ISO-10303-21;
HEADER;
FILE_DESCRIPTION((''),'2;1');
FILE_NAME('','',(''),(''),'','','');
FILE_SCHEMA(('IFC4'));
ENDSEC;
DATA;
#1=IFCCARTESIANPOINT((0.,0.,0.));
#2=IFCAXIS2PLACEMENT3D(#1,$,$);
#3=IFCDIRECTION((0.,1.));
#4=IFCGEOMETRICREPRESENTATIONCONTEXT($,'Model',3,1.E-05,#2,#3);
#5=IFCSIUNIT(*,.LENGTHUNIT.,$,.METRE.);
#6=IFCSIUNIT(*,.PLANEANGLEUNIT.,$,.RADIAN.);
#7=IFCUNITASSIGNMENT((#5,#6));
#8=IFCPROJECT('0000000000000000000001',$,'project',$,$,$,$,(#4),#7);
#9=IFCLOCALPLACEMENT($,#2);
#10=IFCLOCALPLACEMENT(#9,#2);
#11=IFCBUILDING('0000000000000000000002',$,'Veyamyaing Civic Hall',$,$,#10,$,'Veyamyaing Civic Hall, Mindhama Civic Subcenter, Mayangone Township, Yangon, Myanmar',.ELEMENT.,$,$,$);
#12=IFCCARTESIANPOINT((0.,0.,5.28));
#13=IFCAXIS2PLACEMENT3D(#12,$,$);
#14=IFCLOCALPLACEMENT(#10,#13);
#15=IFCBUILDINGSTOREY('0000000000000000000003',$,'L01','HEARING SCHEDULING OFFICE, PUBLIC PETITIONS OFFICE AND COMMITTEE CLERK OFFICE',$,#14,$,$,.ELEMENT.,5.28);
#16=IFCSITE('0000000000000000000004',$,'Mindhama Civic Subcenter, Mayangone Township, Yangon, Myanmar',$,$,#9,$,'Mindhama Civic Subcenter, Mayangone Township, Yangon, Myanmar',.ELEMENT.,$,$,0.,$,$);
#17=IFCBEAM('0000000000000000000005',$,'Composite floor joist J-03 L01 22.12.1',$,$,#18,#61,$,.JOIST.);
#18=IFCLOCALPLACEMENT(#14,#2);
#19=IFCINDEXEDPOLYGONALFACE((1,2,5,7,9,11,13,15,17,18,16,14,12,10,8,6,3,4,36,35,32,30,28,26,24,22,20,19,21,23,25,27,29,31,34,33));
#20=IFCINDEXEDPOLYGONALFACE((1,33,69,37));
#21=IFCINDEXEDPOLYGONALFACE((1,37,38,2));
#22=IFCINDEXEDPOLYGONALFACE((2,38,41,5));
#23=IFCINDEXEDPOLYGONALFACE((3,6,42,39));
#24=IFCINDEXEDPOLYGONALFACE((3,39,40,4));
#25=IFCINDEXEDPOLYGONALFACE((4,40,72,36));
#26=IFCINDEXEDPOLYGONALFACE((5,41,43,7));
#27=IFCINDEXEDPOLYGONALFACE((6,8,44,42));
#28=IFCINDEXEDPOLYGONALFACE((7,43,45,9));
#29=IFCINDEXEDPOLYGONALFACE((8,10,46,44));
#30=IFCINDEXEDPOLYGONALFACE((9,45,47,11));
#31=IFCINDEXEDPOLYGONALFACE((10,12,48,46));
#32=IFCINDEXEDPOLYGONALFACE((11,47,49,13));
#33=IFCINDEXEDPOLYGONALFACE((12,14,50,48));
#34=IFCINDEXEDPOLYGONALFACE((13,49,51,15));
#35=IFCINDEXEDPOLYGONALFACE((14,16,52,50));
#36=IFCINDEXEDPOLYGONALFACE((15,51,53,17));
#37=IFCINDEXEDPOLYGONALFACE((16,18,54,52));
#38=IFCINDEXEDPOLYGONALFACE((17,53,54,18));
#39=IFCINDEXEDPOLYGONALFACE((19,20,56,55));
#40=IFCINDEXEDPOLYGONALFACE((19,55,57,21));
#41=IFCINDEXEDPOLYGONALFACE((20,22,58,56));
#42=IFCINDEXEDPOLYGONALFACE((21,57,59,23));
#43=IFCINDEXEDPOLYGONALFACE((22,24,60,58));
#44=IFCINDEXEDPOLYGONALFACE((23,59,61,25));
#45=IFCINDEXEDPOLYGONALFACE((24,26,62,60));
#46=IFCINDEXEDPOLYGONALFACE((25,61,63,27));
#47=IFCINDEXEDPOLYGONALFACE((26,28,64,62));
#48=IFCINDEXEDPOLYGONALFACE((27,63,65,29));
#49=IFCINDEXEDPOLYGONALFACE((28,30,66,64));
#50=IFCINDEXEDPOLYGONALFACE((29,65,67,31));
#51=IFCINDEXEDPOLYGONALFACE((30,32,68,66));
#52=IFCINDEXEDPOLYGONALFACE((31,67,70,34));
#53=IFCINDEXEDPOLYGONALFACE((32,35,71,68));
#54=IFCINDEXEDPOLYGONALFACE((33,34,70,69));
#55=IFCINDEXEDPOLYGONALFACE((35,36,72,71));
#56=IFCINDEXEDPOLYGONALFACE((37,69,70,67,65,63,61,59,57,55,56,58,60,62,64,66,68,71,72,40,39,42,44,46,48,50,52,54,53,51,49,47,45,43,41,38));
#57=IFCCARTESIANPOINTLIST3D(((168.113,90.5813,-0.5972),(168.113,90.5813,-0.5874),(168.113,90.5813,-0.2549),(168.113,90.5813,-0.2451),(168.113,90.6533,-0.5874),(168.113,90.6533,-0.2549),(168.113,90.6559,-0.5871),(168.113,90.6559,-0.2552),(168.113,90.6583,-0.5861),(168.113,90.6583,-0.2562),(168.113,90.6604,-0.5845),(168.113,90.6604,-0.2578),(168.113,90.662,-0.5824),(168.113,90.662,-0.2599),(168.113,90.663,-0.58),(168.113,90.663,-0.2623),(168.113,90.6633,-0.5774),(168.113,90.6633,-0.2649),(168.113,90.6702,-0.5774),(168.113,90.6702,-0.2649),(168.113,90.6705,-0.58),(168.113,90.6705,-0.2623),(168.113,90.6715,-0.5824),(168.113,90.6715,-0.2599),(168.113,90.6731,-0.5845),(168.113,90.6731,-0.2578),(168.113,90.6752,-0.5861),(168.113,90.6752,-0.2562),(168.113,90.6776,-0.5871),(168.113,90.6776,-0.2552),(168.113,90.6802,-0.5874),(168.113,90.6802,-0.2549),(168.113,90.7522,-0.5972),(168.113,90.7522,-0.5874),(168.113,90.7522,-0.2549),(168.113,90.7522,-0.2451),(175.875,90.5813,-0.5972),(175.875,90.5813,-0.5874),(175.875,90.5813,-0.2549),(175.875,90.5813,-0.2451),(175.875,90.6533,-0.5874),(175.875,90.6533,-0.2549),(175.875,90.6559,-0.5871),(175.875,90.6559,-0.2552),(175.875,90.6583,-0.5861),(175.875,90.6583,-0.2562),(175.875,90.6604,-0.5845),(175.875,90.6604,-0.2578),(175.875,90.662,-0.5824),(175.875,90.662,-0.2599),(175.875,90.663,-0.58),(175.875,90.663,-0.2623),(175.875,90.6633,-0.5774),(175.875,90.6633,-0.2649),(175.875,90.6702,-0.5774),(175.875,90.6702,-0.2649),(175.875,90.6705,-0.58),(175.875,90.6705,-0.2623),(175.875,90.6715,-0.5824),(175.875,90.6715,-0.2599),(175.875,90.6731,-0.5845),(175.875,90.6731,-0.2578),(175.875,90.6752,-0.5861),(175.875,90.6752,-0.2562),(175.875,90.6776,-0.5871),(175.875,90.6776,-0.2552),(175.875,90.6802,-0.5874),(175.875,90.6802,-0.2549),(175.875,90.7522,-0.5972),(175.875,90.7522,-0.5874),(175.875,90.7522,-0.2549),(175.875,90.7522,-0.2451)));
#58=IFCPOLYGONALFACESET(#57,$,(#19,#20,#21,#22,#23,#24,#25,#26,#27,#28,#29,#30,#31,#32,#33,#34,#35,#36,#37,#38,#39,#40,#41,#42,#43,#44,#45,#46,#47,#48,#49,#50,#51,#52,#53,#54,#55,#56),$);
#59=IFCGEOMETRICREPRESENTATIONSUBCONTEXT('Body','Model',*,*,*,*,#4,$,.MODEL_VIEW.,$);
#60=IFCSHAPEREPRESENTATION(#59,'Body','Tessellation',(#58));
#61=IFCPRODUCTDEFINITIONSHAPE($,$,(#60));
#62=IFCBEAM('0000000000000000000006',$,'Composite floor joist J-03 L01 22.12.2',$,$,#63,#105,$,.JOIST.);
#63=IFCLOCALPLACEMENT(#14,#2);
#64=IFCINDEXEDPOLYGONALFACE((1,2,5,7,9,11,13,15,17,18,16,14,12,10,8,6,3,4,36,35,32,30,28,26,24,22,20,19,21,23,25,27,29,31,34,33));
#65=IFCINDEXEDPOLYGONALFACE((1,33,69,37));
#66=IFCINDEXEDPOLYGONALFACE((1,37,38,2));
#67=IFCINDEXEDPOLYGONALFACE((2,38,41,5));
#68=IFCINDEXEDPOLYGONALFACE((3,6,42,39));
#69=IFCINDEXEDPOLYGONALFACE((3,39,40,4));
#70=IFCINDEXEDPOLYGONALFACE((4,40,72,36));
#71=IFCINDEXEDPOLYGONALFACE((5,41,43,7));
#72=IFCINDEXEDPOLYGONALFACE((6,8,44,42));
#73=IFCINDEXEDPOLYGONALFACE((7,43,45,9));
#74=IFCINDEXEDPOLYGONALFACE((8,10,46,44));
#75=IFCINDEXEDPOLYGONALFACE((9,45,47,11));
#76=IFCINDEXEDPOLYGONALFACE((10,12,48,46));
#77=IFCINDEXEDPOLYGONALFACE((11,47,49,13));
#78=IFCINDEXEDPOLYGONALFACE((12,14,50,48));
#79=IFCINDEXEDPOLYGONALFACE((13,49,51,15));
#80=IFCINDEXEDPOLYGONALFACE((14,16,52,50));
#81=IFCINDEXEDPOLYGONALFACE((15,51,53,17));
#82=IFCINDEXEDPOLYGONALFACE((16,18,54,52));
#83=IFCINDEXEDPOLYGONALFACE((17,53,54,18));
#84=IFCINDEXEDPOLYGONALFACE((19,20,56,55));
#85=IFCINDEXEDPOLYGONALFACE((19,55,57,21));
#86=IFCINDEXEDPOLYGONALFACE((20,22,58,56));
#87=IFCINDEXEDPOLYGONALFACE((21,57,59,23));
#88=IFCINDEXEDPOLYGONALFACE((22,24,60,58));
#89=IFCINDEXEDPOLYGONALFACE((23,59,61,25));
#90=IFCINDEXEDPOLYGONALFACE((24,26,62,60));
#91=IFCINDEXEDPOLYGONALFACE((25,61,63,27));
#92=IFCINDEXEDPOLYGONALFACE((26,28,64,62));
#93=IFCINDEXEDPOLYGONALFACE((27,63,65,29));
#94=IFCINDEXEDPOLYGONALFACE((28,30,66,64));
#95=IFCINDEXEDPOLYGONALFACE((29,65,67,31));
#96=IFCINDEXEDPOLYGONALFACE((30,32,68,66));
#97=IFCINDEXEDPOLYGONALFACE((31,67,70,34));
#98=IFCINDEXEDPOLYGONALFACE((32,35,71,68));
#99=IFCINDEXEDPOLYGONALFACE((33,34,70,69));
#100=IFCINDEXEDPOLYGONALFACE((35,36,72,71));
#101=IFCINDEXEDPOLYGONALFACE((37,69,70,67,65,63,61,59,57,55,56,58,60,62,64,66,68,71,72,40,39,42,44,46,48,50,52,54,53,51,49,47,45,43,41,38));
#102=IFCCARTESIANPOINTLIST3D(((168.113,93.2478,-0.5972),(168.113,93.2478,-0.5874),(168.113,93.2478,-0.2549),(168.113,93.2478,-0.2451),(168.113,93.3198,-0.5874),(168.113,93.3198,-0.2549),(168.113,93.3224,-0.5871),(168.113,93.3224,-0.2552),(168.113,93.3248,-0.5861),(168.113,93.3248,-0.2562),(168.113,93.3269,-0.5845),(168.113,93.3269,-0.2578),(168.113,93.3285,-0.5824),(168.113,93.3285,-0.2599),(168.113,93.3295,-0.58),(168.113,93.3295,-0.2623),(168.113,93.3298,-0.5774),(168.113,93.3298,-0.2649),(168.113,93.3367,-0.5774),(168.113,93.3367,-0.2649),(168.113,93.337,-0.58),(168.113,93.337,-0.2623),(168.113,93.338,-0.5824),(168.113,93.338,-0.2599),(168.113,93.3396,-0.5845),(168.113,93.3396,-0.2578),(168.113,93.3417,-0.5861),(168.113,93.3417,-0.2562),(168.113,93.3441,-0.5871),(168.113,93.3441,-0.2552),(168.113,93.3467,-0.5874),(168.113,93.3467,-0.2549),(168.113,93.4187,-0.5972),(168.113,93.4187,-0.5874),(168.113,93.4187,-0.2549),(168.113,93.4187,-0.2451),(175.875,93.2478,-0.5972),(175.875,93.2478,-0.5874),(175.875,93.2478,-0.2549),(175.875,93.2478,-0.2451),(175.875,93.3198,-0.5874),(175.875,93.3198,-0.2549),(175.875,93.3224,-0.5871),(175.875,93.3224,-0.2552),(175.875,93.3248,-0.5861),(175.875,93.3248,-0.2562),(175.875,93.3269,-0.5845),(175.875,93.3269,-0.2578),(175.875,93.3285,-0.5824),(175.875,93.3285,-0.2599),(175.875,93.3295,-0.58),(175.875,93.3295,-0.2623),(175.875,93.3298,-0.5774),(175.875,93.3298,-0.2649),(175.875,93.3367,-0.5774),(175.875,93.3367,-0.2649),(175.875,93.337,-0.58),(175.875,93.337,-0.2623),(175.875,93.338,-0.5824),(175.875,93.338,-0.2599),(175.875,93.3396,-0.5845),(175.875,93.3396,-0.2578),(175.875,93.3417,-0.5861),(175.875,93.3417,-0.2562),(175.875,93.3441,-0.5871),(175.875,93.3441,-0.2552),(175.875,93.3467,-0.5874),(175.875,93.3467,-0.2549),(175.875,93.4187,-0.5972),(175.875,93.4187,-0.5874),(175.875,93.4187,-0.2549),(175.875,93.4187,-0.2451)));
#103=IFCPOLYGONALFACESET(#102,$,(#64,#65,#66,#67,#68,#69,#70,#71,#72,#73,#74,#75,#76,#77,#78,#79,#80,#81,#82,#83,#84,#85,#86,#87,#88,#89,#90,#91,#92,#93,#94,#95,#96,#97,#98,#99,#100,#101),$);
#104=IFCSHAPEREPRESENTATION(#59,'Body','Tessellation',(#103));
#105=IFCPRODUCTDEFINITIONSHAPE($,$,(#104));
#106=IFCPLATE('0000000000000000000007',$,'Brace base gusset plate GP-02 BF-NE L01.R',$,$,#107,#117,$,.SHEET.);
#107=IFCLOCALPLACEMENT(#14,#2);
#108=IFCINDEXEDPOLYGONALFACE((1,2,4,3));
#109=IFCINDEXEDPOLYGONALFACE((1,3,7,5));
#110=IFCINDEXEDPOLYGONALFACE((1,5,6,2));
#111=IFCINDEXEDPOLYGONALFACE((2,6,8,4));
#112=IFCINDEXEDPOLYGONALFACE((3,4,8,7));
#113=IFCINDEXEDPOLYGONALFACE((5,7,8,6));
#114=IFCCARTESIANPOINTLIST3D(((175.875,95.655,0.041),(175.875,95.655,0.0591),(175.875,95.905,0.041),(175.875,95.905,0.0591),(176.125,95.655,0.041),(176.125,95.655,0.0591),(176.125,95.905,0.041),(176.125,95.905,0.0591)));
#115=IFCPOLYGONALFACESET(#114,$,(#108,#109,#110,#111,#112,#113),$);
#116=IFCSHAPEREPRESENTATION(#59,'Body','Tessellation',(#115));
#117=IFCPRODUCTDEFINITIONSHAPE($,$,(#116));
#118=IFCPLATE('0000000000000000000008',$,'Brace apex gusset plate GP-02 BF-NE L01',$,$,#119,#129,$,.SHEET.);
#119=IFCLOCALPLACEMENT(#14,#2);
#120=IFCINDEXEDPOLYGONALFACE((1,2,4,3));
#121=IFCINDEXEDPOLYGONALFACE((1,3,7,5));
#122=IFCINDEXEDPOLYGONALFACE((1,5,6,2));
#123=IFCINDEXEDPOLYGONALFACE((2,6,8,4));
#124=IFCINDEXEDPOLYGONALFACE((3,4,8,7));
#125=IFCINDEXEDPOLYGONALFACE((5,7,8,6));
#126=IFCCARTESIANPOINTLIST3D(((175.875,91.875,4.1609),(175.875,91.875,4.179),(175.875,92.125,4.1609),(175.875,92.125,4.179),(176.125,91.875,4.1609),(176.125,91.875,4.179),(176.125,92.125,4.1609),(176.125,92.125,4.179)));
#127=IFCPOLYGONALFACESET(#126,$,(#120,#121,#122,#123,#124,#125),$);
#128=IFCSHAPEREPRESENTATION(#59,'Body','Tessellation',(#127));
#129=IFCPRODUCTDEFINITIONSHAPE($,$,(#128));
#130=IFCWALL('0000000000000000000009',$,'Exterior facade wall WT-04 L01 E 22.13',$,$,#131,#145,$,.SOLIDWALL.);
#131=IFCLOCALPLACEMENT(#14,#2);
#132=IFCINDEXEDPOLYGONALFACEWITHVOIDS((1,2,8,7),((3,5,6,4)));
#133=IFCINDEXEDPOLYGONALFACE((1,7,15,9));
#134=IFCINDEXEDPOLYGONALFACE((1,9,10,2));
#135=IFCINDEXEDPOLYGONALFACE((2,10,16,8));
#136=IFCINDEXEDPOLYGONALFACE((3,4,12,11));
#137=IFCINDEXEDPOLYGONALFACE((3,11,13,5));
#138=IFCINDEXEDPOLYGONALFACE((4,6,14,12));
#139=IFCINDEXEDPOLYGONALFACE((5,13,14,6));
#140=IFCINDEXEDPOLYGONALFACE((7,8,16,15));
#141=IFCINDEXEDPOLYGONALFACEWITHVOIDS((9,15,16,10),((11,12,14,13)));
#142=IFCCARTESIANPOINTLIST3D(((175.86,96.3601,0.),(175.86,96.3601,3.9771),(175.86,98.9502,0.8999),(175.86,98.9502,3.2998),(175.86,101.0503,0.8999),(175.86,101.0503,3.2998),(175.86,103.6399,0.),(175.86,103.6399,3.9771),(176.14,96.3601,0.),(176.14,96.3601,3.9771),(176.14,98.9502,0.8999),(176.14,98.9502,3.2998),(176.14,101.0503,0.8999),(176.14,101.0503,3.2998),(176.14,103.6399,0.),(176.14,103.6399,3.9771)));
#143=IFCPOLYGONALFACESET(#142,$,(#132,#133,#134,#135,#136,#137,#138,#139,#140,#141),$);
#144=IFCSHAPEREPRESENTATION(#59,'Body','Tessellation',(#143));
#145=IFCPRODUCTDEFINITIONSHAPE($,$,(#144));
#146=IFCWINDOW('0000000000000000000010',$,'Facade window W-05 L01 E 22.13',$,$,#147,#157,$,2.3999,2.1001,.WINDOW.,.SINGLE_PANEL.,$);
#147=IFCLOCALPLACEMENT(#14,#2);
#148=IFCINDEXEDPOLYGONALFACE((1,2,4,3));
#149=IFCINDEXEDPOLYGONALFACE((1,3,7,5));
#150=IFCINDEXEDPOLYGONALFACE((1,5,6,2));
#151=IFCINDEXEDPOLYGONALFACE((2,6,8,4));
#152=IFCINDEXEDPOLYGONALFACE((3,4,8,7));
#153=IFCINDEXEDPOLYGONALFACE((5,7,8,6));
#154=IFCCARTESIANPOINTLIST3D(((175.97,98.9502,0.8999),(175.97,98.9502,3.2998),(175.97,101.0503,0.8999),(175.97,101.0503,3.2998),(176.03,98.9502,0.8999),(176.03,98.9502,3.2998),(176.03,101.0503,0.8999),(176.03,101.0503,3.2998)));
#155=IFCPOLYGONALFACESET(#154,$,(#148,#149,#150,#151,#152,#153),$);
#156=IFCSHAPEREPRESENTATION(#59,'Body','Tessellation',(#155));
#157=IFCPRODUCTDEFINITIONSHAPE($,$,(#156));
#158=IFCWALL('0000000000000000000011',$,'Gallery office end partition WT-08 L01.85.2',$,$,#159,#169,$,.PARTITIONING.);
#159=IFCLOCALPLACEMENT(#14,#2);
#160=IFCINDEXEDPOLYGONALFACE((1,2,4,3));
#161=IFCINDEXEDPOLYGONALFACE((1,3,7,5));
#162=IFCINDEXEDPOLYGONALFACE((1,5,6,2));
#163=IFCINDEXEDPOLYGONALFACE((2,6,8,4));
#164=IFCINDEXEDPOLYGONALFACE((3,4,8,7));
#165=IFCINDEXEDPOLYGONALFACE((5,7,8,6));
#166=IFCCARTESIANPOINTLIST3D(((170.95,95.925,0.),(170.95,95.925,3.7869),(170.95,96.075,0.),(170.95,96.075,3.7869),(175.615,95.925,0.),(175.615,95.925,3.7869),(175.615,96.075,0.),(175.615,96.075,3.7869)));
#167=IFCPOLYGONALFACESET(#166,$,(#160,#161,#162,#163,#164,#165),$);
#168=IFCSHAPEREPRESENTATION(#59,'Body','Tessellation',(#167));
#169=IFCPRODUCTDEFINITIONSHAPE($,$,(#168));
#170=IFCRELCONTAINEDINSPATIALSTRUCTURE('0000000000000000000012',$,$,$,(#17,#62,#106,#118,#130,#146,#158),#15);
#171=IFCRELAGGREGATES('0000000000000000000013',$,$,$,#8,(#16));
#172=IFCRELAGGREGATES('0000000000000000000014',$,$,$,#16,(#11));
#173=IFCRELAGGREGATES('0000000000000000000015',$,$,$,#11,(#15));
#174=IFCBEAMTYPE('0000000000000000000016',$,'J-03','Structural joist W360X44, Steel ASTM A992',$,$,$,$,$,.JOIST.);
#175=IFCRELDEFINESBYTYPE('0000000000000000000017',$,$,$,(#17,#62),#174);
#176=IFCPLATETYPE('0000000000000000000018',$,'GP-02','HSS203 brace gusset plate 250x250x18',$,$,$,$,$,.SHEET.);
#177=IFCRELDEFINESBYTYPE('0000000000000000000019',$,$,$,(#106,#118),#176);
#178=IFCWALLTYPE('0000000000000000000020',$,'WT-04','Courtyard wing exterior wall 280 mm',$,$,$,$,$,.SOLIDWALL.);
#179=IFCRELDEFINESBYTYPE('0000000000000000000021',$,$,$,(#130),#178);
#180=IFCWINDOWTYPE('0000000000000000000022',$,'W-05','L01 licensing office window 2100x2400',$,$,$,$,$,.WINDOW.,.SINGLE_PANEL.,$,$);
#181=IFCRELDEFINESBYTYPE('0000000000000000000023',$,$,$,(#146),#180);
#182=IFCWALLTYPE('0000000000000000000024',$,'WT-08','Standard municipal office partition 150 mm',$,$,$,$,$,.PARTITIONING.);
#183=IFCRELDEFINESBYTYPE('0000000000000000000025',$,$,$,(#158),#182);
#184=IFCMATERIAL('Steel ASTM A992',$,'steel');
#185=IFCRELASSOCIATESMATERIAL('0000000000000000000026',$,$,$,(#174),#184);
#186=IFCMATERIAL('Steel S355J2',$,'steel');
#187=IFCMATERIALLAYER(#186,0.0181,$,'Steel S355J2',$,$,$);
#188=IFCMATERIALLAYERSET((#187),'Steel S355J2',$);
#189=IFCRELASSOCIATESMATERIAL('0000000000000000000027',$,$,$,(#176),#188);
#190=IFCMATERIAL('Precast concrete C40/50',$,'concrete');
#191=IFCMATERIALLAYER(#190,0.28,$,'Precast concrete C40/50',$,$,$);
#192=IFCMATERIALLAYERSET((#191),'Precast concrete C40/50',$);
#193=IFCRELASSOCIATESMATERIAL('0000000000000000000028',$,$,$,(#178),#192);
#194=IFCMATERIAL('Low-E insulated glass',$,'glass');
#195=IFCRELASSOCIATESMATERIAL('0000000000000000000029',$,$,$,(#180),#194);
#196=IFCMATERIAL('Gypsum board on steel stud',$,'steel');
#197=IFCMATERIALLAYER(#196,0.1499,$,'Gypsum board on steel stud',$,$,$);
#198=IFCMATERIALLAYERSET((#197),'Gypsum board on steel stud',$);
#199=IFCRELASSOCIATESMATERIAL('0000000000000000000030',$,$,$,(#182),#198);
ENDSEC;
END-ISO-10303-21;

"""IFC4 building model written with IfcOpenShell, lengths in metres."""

from ifc_helpers import new_model, si_unit, direction, frame, frame_2d, origin, origin_2d, place, context, subcontext, project, spatial, rectangle, i_section, extrude, material, layer, layer_set, material_profile, profile_set, type_object, element, fill, save


model = new_model("IFC4")

# Units and contexts
model_context = context("Model", 3, precision=1e-05, world=origin(), true_north=direction((0.0, 1.0)))
body_context = subcontext(model_context, "Body", "Model", "MODEL_VIEW")
ifc_project = project(units=[si_unit("LENGTHUNIT", "METRE"), si_unit("PLANEANGLEUNIT", "RADIAN")], contexts=[model_context])

# Site, building, storey
site_placement = place(None, origin())
site = spatial("IfcSite", under=ifc_project, at=site_placement, Name="Mindhama Civic Subcenter, Mayangone Township, Yangon, Myanmar", LongName="Mindhama Civic Subcenter, Mayangone Township, Yangon, Myanmar", CompositionType="ELEMENT", RefElevation=0.0)
building_placement = place(site_placement, origin())
building = spatial("IfcBuilding", under=site, at=building_placement, Name="Veyamyaing Civic Hall", LongName="Veyamyaing Civic Hall, Mindhama Civic Subcenter, Mayangone Township, Yangon, Myanmar", CompositionType="ELEMENT")
storey_placement = place(building_placement, frame((0.0, 0.0, 5.28)))
storey = spatial("IfcBuildingStorey", under=building, at=storey_placement, Name="L01", Description="HEARING SCHEDULING OFFICE, PUBLIC PETITIONS OFFICE AND COMMITTEE CLERK OFFICE", CompositionType="ELEMENT", Elevation=5.28)

# Shared definitions
ifc_material_1 = material(Name="Steel ASTM A992", Category="steel")

# Shared definitions
ifc_material_2 = material(Name="Steel S355J2", Category="steel")

# Beams
ifc_material_profile_1 = material_profile(ifc_material_1, i_section(OverallWidth=0.1709, OverallDepth=0.3521, WebThickness=0.0068, FlangeThickness=0.0098, FilletRadius=0.01, at=origin_2d()), Name="W360X44")
ifc_profile_set_1 = profile_set([ifc_material_profile_1], Name="Steel ASTM A992")
beam_type_1 = type_object("IfcBeamType", Name="J-03", Description="Structural joist W360X44, Steel ASTM A992", PredefinedType="JOIST", material=ifc_profile_set_1)
for number, where, z_axis, x_axis, name in (
    (1, (168.113, 90.6667, -0.4211), (1.0, 0.0, 0.0), (0.0, 1.0, 0.0), "Composite floor joist J-03 L01 22.12.1"),
    (2, (168.113, 93.3333, -0.4211), (1.0, 0.0, 0.0), (0.0, 1.0, 0.0), "Composite floor joist J-03 L01 22.12.2"),
):
    element("IfcBeam", number, at=place(storey_placement, frame(where, z_axis=z_axis, x_axis=x_axis)), inside=storey, type_object=beam_type_1, Name=name, PredefinedType="JOIST", context=body_context, shape_type="SweptSolid", body=[
        extrude(i_section(OverallWidth=0.1709, OverallDepth=0.3521, WebThickness=0.0068, FlangeThickness=0.0098, FilletRadius=0.01, at=origin_2d()), origin(), (0.0, 0.0, 1.0), 7.762),
    ])

# Plates
ifc_layer_1 = layer(ifc_material_2, 0.0181, Name="Steel S355J2")
ifc_layer_set_1 = layer_set([ifc_layer_1], Name="Steel S355J2")
plate_type = type_object("IfcPlateType", Name="GP-02", Description="HSS203 brace gusset plate 250x250x18", PredefinedType="SHEET", material=ifc_layer_set_1)
for number, where, z_axis, x_axis, name in (
    (3, (176.0, 95.78, 0.041), (0.0, 0.0, 1.0), (1.0, 0.0, 0.0), "Brace base gusset plate GP-02 BF-NE L01.R"),
    (4, (176.0, 92.0, 4.1609), (0.0, 0.0, 1.0), (1.0, 0.0, 0.0), "Brace apex gusset plate GP-02 BF-NE L01"),
):
    element("IfcPlate", number, at=place(storey_placement, frame(where, z_axis=z_axis, x_axis=x_axis)), inside=storey, type_object=plate_type, Name=name, PredefinedType="SHEET", context=body_context, shape_type="SweptSolid", body=[
        extrude(rectangle(XDim=0.25, YDim=0.25, at=origin_2d()), origin(), (0.0, 0.0, 1.0), 0.0181),
    ])

# Wall, opening, window
ifc_material_3 = material(Name="Precast concrete C40/50", Category="concrete")
ifc_layer_2 = layer(ifc_material_3, 0.28, Name="Precast concrete C40/50")
ifc_layer_set_2 = layer_set([ifc_layer_2], Name="Precast concrete C40/50")
wall_type_1 = type_object("IfcWallType", Name="WT-04", Description="Courtyard wing exterior wall 280 mm", PredefinedType="SOLIDWALL", material=ifc_layer_set_2)
wall_1_placement = place(storey_placement, frame((176.0, 96.3601, 0.0), z_axis=(0.0, 0.0, 1.0), x_axis=(0.0, 1.0, 0.0)))
wall_1 = element("IfcWall", 5, at=wall_1_placement, inside=storey, type_object=wall_type_1, Name="Exterior facade wall WT-04 L01 E 22.13", PredefinedType="SOLIDWALL", context=body_context, shape_type="SweptSolid", body=[
    extrude(rectangle(XDim=7.2798, YDim=0.28, at=frame_2d((3.6399, 0.0))), origin(), (0.0, 0.0, 1.0), 3.9771),
])
opening_1_placement = place(wall_1_placement, frame((2.5901, 0.0, 0.8999)))
opening_1 = element("IfcOpeningElement", 6, at=opening_1_placement, cuts=wall_1, PredefinedType="OPENING", context=body_context, shape_type="SweptSolid", body=[
    extrude(rectangle(XDim=2.1001, YDim=2.3999, at=frame_2d((1.05, 1.2))), frame((0.0, 0.1499, 0.0), z_axis=(0.0, -1.0, 0.0), x_axis=(1.0, 0.0, 0.0)), (0.0, 0.0, 1.0), 0.3),
])
ifc_material_4 = material(Name="Low-E insulated glass", Category="glass")
window_type = type_object("IfcWindowType", Name="W-05", Description="L01 licensing office window 2100x2400", PartitioningType="SINGLE_PANEL", PredefinedType="WINDOW", material=ifc_material_4)
window_placement = place(opening_1_placement, origin())
window = element("IfcWindow", 7, at=window_placement, inside=storey, type_object=window_type, Name="Facade window W-05 L01 E 22.13", OverallHeight=2.3999, OverallWidth=2.1001, PartitioningType="SINGLE_PANEL", PredefinedType="WINDOW", context=body_context, shape_type="SweptSolid", body=[
    extrude(rectangle(XDim=2.1001, YDim=2.3999, at=frame_2d((1.05, 1.2))), frame((0.0, 0.03, 0.0), z_axis=(0.0, -1.0, 0.0), x_axis=(1.0, 0.0, 0.0)), (0.0, 0.0, 1.0), 0.0601),
])
fill(opening_1, window)

# Wall
ifc_material_5 = material(Name="Gypsum board on steel stud", Category="steel")
ifc_layer_3 = layer(ifc_material_5, 0.1499, Name="Gypsum board on steel stud")
ifc_layer_set_3 = layer_set([ifc_layer_3], Name="Gypsum board on steel stud")
wall_type_2 = type_object("IfcWallType", Name="WT-08", Description="Standard municipal office partition 150 mm", PredefinedType="PARTITIONING", material=ifc_layer_set_3)
wall_2_placement = place(storey_placement, frame((170.95, 96.0, 0.0), z_axis=(0.0, 0.0, 1.0), x_axis=(1.0, 0.0, 0.0)))
element("IfcWall", 8, at=wall_2_placement, inside=storey, type_object=wall_type_2, Name="Gallery office end partition WT-08 L01.85.2", PredefinedType="PARTITIONING", context=body_context, shape_type="SweptSolid", body=[
    extrude(rectangle(XDim=4.665, YDim=0.1499, at=frame_2d((2.3325, 0.0))), origin(), (0.0, 0.0, 1.0), 3.7869),
])

save(model, "model.ifc")
